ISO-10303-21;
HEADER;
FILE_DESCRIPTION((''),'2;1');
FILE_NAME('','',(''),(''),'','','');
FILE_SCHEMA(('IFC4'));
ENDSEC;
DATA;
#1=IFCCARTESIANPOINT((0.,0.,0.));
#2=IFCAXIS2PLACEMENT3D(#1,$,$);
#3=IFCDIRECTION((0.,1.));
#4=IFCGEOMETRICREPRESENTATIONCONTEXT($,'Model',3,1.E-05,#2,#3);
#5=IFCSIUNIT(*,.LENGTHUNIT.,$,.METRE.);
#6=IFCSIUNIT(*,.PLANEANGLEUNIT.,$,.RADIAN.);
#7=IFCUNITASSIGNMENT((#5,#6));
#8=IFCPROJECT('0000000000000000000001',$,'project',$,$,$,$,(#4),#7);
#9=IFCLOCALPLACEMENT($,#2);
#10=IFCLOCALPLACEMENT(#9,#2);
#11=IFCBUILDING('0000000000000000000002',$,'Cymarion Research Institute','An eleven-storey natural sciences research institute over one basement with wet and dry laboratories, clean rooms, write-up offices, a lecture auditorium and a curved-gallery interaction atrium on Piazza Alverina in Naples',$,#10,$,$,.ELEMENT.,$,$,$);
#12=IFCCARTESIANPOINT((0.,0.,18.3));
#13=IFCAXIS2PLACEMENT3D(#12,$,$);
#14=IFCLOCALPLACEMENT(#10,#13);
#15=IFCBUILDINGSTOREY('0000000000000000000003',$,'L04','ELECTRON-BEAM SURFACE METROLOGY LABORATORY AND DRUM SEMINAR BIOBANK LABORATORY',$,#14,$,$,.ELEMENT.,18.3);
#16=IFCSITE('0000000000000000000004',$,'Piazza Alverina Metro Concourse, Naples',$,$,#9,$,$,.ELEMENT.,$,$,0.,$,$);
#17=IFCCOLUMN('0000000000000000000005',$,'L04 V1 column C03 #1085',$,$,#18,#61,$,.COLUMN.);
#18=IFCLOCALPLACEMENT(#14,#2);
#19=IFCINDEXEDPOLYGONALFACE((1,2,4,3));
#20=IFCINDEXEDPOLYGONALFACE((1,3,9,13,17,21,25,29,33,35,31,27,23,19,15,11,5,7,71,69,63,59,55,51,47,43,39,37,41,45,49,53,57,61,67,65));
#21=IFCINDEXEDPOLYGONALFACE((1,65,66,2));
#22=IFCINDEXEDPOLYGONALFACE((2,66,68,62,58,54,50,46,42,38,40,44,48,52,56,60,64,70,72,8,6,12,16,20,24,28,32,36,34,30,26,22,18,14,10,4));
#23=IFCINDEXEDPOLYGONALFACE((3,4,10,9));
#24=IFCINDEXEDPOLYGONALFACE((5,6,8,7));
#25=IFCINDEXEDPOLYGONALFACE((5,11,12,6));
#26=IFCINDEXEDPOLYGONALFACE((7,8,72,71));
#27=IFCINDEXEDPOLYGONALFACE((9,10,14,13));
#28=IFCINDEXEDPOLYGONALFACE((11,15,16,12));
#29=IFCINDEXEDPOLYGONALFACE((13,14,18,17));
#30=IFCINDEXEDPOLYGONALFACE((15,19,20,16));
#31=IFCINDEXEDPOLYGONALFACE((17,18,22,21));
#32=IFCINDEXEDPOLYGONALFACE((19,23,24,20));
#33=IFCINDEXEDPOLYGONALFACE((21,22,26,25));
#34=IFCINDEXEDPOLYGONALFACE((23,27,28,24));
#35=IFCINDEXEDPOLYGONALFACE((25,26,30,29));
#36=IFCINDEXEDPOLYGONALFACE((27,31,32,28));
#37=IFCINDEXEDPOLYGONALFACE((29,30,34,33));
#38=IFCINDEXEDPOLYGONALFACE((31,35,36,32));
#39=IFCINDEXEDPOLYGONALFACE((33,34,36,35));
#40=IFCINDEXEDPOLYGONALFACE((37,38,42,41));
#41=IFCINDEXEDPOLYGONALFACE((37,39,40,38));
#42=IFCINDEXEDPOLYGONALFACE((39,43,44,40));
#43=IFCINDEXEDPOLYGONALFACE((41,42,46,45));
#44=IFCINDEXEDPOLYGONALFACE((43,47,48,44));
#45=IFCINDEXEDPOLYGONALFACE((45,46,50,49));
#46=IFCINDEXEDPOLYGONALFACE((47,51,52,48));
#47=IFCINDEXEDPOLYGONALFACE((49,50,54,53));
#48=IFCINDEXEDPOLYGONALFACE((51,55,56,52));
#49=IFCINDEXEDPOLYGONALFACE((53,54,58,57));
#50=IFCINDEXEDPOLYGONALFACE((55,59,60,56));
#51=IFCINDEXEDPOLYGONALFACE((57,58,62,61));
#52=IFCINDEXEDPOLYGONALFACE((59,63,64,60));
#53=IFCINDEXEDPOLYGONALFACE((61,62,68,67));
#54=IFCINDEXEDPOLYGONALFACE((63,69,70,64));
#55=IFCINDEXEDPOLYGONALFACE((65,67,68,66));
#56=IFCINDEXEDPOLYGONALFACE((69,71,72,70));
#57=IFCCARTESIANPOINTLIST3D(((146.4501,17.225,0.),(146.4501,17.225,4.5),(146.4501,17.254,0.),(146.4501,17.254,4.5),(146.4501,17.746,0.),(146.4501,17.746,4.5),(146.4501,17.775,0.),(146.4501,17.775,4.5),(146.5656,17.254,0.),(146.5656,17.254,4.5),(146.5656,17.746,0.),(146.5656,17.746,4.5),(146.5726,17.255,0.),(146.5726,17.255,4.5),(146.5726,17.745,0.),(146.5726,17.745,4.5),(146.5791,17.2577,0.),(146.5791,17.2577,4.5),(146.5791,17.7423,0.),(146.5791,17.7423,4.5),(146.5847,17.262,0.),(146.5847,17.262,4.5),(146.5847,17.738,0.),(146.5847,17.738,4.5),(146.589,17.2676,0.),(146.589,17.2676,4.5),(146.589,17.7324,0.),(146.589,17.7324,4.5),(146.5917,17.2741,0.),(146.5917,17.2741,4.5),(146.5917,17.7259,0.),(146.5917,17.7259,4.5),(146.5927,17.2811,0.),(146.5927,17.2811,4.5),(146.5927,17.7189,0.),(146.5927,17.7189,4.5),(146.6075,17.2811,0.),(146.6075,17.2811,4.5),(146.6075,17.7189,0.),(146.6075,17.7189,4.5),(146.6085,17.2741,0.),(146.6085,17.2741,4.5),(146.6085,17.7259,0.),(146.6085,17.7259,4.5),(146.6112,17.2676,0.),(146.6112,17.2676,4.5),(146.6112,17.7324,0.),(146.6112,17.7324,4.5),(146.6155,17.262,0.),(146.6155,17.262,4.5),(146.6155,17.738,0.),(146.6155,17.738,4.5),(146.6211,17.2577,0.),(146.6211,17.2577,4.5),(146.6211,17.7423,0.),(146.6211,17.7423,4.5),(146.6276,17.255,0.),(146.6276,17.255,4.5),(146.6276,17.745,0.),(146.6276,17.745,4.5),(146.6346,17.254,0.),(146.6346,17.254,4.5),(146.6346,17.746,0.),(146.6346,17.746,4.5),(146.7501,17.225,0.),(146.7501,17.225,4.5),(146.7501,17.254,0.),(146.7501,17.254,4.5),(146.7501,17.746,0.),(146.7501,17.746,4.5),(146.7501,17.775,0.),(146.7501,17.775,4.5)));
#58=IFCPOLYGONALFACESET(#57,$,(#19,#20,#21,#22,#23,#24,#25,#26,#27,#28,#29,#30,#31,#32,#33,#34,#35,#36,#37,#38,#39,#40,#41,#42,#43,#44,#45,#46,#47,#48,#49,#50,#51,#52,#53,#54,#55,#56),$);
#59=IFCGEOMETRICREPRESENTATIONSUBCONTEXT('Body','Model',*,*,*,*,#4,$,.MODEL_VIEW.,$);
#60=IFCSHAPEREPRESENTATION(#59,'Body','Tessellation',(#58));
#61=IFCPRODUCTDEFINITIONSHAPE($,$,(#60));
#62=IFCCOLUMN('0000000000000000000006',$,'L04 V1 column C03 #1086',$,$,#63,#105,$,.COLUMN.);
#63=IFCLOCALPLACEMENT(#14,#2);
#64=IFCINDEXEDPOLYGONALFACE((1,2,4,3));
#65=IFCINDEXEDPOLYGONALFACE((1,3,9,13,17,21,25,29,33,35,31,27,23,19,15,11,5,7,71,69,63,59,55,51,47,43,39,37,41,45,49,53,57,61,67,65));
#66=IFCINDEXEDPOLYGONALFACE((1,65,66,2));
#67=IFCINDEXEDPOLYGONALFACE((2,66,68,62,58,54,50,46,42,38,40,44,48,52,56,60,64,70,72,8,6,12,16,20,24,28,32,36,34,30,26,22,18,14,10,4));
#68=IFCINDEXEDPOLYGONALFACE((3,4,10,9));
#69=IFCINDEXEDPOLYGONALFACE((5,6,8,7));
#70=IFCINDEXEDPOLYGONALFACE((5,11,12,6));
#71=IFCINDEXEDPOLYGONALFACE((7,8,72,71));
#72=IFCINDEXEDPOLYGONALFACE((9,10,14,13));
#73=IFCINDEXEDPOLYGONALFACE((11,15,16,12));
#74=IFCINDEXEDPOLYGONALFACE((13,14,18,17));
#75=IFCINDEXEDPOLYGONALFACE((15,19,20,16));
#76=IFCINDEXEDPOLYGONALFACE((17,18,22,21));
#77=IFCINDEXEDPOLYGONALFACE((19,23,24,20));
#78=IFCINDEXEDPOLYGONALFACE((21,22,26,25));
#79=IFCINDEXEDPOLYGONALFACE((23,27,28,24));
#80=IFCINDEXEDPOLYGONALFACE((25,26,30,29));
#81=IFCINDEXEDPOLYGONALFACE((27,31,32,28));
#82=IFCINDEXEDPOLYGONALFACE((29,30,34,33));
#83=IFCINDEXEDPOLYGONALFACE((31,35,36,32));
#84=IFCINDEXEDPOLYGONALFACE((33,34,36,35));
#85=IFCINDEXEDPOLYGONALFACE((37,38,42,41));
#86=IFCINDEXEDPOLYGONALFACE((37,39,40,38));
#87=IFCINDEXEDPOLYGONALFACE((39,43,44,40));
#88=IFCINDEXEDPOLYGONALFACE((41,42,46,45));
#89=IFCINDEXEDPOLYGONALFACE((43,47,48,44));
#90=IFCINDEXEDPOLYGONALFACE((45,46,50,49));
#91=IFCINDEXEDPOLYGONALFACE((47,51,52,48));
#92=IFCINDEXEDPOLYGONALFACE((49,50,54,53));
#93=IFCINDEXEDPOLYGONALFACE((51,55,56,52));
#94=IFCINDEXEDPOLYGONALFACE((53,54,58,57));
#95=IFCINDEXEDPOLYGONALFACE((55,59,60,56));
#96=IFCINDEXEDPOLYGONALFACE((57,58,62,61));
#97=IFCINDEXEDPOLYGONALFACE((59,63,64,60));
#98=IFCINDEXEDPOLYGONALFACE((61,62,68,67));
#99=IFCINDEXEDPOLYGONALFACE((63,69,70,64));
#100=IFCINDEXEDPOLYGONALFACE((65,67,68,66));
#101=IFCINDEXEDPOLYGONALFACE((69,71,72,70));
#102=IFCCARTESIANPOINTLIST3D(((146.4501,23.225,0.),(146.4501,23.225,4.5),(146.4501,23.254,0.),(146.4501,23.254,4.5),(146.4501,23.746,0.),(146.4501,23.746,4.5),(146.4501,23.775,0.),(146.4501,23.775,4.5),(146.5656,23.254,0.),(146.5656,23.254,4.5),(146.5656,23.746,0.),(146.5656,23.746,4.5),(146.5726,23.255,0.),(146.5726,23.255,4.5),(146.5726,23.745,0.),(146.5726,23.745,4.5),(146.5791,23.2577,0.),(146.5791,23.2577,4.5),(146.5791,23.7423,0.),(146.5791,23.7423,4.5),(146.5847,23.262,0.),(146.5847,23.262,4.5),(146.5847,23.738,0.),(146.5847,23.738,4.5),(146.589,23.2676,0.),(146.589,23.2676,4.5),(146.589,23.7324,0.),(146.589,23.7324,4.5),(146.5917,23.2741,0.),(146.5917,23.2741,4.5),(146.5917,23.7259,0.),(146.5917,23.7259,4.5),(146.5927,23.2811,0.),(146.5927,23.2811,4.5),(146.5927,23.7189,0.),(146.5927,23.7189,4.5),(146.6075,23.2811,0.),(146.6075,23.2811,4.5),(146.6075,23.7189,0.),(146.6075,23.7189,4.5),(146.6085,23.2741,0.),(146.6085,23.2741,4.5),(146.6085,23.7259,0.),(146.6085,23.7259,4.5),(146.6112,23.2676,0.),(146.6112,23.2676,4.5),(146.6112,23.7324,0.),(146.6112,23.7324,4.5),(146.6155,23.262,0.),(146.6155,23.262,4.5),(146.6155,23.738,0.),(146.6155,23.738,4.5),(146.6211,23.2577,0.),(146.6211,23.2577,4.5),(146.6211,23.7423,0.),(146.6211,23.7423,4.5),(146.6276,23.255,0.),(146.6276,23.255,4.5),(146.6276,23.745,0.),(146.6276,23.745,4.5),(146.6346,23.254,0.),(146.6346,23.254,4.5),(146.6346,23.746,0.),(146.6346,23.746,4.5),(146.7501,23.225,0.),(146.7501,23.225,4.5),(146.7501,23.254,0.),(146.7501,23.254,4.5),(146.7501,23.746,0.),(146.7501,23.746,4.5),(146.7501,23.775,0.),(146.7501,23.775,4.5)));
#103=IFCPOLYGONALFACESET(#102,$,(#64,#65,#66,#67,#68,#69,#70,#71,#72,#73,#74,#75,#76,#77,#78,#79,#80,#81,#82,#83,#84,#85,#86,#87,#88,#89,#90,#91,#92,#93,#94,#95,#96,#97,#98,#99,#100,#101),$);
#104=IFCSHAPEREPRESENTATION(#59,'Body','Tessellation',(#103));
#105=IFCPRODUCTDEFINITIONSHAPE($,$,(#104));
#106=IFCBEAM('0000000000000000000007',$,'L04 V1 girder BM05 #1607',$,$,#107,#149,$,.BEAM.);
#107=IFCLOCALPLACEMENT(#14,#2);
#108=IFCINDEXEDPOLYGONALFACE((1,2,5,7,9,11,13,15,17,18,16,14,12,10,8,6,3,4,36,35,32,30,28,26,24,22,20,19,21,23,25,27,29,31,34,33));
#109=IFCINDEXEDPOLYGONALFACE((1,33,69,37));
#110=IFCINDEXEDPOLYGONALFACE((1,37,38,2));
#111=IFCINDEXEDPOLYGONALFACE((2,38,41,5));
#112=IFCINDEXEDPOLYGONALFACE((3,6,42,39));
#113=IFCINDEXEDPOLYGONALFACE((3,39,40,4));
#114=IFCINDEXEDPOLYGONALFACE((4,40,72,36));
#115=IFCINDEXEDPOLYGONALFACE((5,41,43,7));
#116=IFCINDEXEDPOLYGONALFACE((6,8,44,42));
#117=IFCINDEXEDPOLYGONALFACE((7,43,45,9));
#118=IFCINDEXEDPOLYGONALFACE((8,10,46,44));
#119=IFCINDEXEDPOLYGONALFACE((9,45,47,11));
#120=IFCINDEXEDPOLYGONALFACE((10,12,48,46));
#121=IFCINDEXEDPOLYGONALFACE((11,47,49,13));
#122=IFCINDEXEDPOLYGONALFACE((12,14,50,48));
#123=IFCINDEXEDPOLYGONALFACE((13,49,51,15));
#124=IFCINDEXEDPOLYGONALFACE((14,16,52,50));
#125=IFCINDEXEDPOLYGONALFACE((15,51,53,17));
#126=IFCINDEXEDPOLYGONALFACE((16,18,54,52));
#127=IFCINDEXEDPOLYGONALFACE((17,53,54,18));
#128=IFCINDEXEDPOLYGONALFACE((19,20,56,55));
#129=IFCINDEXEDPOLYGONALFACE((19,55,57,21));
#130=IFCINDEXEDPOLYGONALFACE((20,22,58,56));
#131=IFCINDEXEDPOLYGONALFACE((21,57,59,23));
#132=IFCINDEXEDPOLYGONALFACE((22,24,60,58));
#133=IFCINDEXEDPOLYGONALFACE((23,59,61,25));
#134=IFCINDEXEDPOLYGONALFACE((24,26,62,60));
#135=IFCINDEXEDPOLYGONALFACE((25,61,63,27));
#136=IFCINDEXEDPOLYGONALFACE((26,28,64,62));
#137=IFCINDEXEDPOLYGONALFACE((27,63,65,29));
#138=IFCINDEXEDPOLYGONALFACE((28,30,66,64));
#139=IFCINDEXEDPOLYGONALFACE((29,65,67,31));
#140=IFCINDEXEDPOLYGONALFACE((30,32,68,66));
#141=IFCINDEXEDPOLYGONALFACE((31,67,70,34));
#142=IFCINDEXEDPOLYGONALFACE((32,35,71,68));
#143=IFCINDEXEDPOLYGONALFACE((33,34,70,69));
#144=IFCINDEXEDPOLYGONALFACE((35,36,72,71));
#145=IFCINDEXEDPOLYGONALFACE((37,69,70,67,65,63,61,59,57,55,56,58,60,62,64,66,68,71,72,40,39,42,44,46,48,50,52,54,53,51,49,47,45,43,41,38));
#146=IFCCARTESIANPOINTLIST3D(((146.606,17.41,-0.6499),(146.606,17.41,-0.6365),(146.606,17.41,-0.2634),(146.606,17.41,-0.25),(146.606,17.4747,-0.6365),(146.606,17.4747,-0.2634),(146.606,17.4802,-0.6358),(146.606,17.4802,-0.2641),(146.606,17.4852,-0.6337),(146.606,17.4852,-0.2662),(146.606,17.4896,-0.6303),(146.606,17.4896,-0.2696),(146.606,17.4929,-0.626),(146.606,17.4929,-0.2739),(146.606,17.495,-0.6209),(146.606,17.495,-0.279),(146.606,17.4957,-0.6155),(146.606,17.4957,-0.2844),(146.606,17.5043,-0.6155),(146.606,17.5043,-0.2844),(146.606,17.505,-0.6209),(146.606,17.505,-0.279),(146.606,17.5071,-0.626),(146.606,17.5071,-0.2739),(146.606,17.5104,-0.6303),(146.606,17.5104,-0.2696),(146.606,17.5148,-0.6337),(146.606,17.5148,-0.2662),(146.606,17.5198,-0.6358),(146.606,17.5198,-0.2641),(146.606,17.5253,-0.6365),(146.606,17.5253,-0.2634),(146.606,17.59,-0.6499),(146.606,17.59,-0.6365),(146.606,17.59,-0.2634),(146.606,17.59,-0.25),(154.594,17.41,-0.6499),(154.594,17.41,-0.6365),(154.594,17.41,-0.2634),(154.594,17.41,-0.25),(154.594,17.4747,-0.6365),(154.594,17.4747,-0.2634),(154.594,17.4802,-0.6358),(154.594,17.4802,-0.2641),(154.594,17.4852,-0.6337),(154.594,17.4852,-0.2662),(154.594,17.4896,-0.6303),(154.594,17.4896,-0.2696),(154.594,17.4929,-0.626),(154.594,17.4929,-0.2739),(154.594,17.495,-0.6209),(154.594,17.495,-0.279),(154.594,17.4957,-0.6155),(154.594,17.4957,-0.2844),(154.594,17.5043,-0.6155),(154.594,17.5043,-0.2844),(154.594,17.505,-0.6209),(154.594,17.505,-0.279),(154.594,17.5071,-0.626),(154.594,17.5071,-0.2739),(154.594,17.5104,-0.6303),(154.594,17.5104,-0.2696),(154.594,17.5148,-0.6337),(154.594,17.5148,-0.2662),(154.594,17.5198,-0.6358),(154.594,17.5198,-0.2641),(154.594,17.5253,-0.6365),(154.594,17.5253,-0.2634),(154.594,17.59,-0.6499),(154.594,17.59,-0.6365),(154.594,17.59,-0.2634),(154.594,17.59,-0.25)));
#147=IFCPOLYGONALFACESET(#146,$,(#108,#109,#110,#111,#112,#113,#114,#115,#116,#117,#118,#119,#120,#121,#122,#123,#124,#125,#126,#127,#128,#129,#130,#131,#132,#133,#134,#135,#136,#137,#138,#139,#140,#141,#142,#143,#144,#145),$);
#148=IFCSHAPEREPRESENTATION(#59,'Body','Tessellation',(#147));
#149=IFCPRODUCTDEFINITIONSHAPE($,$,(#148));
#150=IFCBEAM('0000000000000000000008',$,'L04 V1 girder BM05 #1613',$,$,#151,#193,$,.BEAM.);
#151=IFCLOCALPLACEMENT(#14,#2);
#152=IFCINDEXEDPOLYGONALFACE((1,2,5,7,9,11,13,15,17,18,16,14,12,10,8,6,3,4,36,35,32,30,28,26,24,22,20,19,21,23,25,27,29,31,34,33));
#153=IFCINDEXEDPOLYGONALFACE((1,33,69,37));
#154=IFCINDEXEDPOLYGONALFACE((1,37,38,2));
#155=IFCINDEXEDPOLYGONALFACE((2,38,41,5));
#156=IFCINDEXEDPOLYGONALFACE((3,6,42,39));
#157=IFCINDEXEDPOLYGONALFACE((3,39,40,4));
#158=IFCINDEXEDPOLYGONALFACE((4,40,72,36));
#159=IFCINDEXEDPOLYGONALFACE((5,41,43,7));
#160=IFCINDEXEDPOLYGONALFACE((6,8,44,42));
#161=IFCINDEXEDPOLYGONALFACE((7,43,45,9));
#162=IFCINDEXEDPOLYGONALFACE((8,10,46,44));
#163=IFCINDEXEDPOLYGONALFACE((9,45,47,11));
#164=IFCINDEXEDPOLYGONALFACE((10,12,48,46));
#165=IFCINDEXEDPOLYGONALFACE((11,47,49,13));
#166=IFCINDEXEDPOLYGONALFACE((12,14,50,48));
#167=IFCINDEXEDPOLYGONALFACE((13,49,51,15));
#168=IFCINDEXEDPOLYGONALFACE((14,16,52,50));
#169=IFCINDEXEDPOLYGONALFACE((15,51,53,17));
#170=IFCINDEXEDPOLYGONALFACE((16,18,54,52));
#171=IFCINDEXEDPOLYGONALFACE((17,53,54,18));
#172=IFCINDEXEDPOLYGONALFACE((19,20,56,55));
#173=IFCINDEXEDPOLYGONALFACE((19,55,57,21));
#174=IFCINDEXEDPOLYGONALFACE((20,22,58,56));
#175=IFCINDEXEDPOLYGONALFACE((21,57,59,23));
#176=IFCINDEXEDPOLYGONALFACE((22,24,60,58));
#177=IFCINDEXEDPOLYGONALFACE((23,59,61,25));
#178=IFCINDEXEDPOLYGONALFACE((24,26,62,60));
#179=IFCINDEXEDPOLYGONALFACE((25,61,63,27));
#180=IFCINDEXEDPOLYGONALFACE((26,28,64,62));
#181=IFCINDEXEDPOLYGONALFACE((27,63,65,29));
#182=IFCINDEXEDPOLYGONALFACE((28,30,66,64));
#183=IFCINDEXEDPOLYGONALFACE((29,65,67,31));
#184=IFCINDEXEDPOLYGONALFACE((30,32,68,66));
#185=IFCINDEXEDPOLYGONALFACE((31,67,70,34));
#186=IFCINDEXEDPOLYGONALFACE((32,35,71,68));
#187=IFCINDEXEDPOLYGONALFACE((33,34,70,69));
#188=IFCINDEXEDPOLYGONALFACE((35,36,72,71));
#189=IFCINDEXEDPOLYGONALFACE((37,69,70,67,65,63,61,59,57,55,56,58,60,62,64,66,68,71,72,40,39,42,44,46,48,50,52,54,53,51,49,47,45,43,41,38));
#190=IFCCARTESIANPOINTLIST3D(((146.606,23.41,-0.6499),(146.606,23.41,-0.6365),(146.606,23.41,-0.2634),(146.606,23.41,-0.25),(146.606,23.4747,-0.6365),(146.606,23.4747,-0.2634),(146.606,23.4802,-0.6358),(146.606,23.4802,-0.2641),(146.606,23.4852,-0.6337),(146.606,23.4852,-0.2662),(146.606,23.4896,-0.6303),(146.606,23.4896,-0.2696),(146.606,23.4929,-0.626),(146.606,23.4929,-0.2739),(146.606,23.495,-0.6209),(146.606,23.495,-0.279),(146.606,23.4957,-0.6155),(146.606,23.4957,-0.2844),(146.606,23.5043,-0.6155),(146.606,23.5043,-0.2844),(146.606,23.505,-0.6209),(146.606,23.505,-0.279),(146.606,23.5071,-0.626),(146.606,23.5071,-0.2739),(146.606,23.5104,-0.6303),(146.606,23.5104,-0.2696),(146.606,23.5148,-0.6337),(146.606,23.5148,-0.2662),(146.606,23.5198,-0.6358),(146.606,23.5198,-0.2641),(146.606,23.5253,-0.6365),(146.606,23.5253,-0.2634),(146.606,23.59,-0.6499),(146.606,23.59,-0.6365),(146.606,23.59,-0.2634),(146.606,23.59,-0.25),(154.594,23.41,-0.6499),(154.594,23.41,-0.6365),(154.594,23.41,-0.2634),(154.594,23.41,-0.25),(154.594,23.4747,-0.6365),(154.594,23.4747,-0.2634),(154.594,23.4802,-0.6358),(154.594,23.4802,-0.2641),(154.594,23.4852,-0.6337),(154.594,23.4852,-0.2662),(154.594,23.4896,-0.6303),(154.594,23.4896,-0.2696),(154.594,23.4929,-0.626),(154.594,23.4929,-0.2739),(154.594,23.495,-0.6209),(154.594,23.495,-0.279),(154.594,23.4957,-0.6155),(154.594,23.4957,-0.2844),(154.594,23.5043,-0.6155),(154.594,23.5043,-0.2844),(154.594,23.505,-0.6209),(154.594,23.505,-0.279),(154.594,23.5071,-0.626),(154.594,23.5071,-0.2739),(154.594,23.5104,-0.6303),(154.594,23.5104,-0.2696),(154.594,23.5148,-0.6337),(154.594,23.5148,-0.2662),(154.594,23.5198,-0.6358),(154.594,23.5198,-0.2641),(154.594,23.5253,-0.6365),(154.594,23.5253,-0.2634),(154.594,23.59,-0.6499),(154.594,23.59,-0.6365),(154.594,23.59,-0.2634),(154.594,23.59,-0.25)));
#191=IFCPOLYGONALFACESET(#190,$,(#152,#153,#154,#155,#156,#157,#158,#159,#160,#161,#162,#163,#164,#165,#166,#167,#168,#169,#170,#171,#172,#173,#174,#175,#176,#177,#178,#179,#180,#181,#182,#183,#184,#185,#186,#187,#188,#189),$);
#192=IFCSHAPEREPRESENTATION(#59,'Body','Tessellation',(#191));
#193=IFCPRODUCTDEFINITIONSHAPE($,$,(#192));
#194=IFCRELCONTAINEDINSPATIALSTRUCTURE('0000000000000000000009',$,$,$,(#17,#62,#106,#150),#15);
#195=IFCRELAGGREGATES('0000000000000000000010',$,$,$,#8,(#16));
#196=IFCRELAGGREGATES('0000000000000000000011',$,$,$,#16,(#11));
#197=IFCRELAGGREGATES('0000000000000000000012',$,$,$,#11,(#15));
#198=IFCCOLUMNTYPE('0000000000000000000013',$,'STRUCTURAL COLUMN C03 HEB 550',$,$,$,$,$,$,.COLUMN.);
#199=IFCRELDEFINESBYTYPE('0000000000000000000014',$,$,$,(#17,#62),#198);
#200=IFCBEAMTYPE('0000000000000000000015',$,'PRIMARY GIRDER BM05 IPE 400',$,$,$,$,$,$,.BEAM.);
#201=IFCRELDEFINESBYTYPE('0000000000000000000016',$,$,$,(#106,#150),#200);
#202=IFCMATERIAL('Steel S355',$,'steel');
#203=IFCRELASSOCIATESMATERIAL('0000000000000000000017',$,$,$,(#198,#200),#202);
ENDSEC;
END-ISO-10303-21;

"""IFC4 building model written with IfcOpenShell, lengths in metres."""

from ifc_helpers import new_model, si_unit, direction, frame, origin, origin_2d, place, context, subcontext, project, spatial, i_section, extrude, material, material_profile, profile_set, type_object, element, save


model = new_model("IFC4")

# Units and contexts
model_context = context("Model", 3, precision=1e-05, world=origin(), true_north=direction((0.0, 1.0)))
body_context = subcontext(model_context, "Body", "Model", "MODEL_VIEW")
ifc_project = project(units=[si_unit("LENGTHUNIT", "METRE"), si_unit("PLANEANGLEUNIT", "RADIAN")], contexts=[model_context])

# Site, building, storey
site_placement = place(None, origin())
site = spatial("IfcSite", under=ifc_project, at=site_placement, Name="Piazza Alverina Metro Concourse, Naples", CompositionType="ELEMENT", RefElevation=0.0)
building_placement = place(site_placement, origin())
building = spatial("IfcBuilding", under=site, at=building_placement, Name="Cymarion Research Institute", Description="An eleven-storey natural sciences research institute over one basement with wet and dry laboratories, clean rooms, write-up offices, a lecture auditorium and a curved-gallery interaction atrium on Piazza Alverina in Naples", CompositionType="ELEMENT")
storey_placement = place(building_placement, frame((0.0, 0.0, 18.3)))
storey = spatial("IfcBuildingStorey", under=building, at=storey_placement, Name="L04", Description="ELECTRON-BEAM SURFACE METROLOGY LABORATORY AND DRUM SEMINAR BIOBANK LABORATORY", CompositionType="ELEMENT", Elevation=18.3)

# Columns
ifc_material_1 = material(Name="Steel S355", Category="steel")
ifc_material_profile_1 = material_profile(ifc_material_1, i_section(OverallWidth=0.3, OverallDepth=0.55, WebThickness=0.0149, FlangeThickness=0.0291, FilletRadius=0.0271, at=origin_2d()), Name="HEB 550")
ifc_profile_set_1 = profile_set([ifc_material_profile_1], Name="Steel S355")
column_type = type_object("IfcColumnType", Name="STRUCTURAL COLUMN C03 HEB 550", PredefinedType="COLUMN", material=ifc_profile_set_1)
for number, where, z_axis, x_axis, name in (
    (1, (146.6001, 17.5, 0.0), (0.0, 0.0, 1.0), (1.0, 0.0, 0.0), "L04 V1 column C03 #1085"),
    (2, (146.6001, 23.5, 0.0), (0.0, 0.0, 1.0), (1.0, 0.0, 0.0), "L04 V1 column C03 #1086"),
):
    element("IfcColumn", number, at=place(storey_placement, frame(where, z_axis=z_axis, x_axis=x_axis)), inside=storey, type_object=column_type, Name=name, PredefinedType="COLUMN", context=body_context, shape_type="SweptSolid", body=[
        extrude(i_section(OverallWidth=0.3, OverallDepth=0.55, WebThickness=0.0149, FlangeThickness=0.0291, FilletRadius=0.0271, at=origin_2d()), origin(), (0.0, 0.0, 1.0), 4.5),
    ])

# Beams
ifc_material_profile_2 = material_profile(ifc_material_1, i_section(OverallWidth=0.1799, OverallDepth=0.3999, WebThickness=0.0085, FlangeThickness=0.0134, FilletRadius=0.021, at=origin_2d()), Name="IPE 400")
ifc_profile_set_2 = profile_set([ifc_material_profile_2], Name="Steel S355")
beam_type_1 = type_object("IfcBeamType", Name="PRIMARY GIRDER BM05 IPE 400", PredefinedType="BEAM", material=ifc_profile_set_2)
for number, where, z_axis, x_axis, name in (
    (3, (146.606, 17.5, -0.45), (1.0, 0.0, 0.0), (0.0, 1.0, 0.0), "L04 V1 girder BM05 #1607"),
    (4, (146.606, 23.5, -0.45), (1.0, 0.0, 0.0), (0.0, 1.0, 0.0), "L04 V1 girder BM05 #1613"),
):
    element("IfcBeam", number, at=place(storey_placement, frame(where, z_axis=z_axis, x_axis=x_axis)), inside=storey, type_object=beam_type_1, Name=name, PredefinedType="BEAM", context=body_context, shape_type="SweptSolid", body=[
        extrude(i_section(OverallWidth=0.1799, OverallDepth=0.3999, WebThickness=0.0085, FlangeThickness=0.0134, FilletRadius=0.021, at=origin_2d()), origin(), (0.0, 0.0, 1.0), 7.988),
    ])

save(model, "model.ifc")
